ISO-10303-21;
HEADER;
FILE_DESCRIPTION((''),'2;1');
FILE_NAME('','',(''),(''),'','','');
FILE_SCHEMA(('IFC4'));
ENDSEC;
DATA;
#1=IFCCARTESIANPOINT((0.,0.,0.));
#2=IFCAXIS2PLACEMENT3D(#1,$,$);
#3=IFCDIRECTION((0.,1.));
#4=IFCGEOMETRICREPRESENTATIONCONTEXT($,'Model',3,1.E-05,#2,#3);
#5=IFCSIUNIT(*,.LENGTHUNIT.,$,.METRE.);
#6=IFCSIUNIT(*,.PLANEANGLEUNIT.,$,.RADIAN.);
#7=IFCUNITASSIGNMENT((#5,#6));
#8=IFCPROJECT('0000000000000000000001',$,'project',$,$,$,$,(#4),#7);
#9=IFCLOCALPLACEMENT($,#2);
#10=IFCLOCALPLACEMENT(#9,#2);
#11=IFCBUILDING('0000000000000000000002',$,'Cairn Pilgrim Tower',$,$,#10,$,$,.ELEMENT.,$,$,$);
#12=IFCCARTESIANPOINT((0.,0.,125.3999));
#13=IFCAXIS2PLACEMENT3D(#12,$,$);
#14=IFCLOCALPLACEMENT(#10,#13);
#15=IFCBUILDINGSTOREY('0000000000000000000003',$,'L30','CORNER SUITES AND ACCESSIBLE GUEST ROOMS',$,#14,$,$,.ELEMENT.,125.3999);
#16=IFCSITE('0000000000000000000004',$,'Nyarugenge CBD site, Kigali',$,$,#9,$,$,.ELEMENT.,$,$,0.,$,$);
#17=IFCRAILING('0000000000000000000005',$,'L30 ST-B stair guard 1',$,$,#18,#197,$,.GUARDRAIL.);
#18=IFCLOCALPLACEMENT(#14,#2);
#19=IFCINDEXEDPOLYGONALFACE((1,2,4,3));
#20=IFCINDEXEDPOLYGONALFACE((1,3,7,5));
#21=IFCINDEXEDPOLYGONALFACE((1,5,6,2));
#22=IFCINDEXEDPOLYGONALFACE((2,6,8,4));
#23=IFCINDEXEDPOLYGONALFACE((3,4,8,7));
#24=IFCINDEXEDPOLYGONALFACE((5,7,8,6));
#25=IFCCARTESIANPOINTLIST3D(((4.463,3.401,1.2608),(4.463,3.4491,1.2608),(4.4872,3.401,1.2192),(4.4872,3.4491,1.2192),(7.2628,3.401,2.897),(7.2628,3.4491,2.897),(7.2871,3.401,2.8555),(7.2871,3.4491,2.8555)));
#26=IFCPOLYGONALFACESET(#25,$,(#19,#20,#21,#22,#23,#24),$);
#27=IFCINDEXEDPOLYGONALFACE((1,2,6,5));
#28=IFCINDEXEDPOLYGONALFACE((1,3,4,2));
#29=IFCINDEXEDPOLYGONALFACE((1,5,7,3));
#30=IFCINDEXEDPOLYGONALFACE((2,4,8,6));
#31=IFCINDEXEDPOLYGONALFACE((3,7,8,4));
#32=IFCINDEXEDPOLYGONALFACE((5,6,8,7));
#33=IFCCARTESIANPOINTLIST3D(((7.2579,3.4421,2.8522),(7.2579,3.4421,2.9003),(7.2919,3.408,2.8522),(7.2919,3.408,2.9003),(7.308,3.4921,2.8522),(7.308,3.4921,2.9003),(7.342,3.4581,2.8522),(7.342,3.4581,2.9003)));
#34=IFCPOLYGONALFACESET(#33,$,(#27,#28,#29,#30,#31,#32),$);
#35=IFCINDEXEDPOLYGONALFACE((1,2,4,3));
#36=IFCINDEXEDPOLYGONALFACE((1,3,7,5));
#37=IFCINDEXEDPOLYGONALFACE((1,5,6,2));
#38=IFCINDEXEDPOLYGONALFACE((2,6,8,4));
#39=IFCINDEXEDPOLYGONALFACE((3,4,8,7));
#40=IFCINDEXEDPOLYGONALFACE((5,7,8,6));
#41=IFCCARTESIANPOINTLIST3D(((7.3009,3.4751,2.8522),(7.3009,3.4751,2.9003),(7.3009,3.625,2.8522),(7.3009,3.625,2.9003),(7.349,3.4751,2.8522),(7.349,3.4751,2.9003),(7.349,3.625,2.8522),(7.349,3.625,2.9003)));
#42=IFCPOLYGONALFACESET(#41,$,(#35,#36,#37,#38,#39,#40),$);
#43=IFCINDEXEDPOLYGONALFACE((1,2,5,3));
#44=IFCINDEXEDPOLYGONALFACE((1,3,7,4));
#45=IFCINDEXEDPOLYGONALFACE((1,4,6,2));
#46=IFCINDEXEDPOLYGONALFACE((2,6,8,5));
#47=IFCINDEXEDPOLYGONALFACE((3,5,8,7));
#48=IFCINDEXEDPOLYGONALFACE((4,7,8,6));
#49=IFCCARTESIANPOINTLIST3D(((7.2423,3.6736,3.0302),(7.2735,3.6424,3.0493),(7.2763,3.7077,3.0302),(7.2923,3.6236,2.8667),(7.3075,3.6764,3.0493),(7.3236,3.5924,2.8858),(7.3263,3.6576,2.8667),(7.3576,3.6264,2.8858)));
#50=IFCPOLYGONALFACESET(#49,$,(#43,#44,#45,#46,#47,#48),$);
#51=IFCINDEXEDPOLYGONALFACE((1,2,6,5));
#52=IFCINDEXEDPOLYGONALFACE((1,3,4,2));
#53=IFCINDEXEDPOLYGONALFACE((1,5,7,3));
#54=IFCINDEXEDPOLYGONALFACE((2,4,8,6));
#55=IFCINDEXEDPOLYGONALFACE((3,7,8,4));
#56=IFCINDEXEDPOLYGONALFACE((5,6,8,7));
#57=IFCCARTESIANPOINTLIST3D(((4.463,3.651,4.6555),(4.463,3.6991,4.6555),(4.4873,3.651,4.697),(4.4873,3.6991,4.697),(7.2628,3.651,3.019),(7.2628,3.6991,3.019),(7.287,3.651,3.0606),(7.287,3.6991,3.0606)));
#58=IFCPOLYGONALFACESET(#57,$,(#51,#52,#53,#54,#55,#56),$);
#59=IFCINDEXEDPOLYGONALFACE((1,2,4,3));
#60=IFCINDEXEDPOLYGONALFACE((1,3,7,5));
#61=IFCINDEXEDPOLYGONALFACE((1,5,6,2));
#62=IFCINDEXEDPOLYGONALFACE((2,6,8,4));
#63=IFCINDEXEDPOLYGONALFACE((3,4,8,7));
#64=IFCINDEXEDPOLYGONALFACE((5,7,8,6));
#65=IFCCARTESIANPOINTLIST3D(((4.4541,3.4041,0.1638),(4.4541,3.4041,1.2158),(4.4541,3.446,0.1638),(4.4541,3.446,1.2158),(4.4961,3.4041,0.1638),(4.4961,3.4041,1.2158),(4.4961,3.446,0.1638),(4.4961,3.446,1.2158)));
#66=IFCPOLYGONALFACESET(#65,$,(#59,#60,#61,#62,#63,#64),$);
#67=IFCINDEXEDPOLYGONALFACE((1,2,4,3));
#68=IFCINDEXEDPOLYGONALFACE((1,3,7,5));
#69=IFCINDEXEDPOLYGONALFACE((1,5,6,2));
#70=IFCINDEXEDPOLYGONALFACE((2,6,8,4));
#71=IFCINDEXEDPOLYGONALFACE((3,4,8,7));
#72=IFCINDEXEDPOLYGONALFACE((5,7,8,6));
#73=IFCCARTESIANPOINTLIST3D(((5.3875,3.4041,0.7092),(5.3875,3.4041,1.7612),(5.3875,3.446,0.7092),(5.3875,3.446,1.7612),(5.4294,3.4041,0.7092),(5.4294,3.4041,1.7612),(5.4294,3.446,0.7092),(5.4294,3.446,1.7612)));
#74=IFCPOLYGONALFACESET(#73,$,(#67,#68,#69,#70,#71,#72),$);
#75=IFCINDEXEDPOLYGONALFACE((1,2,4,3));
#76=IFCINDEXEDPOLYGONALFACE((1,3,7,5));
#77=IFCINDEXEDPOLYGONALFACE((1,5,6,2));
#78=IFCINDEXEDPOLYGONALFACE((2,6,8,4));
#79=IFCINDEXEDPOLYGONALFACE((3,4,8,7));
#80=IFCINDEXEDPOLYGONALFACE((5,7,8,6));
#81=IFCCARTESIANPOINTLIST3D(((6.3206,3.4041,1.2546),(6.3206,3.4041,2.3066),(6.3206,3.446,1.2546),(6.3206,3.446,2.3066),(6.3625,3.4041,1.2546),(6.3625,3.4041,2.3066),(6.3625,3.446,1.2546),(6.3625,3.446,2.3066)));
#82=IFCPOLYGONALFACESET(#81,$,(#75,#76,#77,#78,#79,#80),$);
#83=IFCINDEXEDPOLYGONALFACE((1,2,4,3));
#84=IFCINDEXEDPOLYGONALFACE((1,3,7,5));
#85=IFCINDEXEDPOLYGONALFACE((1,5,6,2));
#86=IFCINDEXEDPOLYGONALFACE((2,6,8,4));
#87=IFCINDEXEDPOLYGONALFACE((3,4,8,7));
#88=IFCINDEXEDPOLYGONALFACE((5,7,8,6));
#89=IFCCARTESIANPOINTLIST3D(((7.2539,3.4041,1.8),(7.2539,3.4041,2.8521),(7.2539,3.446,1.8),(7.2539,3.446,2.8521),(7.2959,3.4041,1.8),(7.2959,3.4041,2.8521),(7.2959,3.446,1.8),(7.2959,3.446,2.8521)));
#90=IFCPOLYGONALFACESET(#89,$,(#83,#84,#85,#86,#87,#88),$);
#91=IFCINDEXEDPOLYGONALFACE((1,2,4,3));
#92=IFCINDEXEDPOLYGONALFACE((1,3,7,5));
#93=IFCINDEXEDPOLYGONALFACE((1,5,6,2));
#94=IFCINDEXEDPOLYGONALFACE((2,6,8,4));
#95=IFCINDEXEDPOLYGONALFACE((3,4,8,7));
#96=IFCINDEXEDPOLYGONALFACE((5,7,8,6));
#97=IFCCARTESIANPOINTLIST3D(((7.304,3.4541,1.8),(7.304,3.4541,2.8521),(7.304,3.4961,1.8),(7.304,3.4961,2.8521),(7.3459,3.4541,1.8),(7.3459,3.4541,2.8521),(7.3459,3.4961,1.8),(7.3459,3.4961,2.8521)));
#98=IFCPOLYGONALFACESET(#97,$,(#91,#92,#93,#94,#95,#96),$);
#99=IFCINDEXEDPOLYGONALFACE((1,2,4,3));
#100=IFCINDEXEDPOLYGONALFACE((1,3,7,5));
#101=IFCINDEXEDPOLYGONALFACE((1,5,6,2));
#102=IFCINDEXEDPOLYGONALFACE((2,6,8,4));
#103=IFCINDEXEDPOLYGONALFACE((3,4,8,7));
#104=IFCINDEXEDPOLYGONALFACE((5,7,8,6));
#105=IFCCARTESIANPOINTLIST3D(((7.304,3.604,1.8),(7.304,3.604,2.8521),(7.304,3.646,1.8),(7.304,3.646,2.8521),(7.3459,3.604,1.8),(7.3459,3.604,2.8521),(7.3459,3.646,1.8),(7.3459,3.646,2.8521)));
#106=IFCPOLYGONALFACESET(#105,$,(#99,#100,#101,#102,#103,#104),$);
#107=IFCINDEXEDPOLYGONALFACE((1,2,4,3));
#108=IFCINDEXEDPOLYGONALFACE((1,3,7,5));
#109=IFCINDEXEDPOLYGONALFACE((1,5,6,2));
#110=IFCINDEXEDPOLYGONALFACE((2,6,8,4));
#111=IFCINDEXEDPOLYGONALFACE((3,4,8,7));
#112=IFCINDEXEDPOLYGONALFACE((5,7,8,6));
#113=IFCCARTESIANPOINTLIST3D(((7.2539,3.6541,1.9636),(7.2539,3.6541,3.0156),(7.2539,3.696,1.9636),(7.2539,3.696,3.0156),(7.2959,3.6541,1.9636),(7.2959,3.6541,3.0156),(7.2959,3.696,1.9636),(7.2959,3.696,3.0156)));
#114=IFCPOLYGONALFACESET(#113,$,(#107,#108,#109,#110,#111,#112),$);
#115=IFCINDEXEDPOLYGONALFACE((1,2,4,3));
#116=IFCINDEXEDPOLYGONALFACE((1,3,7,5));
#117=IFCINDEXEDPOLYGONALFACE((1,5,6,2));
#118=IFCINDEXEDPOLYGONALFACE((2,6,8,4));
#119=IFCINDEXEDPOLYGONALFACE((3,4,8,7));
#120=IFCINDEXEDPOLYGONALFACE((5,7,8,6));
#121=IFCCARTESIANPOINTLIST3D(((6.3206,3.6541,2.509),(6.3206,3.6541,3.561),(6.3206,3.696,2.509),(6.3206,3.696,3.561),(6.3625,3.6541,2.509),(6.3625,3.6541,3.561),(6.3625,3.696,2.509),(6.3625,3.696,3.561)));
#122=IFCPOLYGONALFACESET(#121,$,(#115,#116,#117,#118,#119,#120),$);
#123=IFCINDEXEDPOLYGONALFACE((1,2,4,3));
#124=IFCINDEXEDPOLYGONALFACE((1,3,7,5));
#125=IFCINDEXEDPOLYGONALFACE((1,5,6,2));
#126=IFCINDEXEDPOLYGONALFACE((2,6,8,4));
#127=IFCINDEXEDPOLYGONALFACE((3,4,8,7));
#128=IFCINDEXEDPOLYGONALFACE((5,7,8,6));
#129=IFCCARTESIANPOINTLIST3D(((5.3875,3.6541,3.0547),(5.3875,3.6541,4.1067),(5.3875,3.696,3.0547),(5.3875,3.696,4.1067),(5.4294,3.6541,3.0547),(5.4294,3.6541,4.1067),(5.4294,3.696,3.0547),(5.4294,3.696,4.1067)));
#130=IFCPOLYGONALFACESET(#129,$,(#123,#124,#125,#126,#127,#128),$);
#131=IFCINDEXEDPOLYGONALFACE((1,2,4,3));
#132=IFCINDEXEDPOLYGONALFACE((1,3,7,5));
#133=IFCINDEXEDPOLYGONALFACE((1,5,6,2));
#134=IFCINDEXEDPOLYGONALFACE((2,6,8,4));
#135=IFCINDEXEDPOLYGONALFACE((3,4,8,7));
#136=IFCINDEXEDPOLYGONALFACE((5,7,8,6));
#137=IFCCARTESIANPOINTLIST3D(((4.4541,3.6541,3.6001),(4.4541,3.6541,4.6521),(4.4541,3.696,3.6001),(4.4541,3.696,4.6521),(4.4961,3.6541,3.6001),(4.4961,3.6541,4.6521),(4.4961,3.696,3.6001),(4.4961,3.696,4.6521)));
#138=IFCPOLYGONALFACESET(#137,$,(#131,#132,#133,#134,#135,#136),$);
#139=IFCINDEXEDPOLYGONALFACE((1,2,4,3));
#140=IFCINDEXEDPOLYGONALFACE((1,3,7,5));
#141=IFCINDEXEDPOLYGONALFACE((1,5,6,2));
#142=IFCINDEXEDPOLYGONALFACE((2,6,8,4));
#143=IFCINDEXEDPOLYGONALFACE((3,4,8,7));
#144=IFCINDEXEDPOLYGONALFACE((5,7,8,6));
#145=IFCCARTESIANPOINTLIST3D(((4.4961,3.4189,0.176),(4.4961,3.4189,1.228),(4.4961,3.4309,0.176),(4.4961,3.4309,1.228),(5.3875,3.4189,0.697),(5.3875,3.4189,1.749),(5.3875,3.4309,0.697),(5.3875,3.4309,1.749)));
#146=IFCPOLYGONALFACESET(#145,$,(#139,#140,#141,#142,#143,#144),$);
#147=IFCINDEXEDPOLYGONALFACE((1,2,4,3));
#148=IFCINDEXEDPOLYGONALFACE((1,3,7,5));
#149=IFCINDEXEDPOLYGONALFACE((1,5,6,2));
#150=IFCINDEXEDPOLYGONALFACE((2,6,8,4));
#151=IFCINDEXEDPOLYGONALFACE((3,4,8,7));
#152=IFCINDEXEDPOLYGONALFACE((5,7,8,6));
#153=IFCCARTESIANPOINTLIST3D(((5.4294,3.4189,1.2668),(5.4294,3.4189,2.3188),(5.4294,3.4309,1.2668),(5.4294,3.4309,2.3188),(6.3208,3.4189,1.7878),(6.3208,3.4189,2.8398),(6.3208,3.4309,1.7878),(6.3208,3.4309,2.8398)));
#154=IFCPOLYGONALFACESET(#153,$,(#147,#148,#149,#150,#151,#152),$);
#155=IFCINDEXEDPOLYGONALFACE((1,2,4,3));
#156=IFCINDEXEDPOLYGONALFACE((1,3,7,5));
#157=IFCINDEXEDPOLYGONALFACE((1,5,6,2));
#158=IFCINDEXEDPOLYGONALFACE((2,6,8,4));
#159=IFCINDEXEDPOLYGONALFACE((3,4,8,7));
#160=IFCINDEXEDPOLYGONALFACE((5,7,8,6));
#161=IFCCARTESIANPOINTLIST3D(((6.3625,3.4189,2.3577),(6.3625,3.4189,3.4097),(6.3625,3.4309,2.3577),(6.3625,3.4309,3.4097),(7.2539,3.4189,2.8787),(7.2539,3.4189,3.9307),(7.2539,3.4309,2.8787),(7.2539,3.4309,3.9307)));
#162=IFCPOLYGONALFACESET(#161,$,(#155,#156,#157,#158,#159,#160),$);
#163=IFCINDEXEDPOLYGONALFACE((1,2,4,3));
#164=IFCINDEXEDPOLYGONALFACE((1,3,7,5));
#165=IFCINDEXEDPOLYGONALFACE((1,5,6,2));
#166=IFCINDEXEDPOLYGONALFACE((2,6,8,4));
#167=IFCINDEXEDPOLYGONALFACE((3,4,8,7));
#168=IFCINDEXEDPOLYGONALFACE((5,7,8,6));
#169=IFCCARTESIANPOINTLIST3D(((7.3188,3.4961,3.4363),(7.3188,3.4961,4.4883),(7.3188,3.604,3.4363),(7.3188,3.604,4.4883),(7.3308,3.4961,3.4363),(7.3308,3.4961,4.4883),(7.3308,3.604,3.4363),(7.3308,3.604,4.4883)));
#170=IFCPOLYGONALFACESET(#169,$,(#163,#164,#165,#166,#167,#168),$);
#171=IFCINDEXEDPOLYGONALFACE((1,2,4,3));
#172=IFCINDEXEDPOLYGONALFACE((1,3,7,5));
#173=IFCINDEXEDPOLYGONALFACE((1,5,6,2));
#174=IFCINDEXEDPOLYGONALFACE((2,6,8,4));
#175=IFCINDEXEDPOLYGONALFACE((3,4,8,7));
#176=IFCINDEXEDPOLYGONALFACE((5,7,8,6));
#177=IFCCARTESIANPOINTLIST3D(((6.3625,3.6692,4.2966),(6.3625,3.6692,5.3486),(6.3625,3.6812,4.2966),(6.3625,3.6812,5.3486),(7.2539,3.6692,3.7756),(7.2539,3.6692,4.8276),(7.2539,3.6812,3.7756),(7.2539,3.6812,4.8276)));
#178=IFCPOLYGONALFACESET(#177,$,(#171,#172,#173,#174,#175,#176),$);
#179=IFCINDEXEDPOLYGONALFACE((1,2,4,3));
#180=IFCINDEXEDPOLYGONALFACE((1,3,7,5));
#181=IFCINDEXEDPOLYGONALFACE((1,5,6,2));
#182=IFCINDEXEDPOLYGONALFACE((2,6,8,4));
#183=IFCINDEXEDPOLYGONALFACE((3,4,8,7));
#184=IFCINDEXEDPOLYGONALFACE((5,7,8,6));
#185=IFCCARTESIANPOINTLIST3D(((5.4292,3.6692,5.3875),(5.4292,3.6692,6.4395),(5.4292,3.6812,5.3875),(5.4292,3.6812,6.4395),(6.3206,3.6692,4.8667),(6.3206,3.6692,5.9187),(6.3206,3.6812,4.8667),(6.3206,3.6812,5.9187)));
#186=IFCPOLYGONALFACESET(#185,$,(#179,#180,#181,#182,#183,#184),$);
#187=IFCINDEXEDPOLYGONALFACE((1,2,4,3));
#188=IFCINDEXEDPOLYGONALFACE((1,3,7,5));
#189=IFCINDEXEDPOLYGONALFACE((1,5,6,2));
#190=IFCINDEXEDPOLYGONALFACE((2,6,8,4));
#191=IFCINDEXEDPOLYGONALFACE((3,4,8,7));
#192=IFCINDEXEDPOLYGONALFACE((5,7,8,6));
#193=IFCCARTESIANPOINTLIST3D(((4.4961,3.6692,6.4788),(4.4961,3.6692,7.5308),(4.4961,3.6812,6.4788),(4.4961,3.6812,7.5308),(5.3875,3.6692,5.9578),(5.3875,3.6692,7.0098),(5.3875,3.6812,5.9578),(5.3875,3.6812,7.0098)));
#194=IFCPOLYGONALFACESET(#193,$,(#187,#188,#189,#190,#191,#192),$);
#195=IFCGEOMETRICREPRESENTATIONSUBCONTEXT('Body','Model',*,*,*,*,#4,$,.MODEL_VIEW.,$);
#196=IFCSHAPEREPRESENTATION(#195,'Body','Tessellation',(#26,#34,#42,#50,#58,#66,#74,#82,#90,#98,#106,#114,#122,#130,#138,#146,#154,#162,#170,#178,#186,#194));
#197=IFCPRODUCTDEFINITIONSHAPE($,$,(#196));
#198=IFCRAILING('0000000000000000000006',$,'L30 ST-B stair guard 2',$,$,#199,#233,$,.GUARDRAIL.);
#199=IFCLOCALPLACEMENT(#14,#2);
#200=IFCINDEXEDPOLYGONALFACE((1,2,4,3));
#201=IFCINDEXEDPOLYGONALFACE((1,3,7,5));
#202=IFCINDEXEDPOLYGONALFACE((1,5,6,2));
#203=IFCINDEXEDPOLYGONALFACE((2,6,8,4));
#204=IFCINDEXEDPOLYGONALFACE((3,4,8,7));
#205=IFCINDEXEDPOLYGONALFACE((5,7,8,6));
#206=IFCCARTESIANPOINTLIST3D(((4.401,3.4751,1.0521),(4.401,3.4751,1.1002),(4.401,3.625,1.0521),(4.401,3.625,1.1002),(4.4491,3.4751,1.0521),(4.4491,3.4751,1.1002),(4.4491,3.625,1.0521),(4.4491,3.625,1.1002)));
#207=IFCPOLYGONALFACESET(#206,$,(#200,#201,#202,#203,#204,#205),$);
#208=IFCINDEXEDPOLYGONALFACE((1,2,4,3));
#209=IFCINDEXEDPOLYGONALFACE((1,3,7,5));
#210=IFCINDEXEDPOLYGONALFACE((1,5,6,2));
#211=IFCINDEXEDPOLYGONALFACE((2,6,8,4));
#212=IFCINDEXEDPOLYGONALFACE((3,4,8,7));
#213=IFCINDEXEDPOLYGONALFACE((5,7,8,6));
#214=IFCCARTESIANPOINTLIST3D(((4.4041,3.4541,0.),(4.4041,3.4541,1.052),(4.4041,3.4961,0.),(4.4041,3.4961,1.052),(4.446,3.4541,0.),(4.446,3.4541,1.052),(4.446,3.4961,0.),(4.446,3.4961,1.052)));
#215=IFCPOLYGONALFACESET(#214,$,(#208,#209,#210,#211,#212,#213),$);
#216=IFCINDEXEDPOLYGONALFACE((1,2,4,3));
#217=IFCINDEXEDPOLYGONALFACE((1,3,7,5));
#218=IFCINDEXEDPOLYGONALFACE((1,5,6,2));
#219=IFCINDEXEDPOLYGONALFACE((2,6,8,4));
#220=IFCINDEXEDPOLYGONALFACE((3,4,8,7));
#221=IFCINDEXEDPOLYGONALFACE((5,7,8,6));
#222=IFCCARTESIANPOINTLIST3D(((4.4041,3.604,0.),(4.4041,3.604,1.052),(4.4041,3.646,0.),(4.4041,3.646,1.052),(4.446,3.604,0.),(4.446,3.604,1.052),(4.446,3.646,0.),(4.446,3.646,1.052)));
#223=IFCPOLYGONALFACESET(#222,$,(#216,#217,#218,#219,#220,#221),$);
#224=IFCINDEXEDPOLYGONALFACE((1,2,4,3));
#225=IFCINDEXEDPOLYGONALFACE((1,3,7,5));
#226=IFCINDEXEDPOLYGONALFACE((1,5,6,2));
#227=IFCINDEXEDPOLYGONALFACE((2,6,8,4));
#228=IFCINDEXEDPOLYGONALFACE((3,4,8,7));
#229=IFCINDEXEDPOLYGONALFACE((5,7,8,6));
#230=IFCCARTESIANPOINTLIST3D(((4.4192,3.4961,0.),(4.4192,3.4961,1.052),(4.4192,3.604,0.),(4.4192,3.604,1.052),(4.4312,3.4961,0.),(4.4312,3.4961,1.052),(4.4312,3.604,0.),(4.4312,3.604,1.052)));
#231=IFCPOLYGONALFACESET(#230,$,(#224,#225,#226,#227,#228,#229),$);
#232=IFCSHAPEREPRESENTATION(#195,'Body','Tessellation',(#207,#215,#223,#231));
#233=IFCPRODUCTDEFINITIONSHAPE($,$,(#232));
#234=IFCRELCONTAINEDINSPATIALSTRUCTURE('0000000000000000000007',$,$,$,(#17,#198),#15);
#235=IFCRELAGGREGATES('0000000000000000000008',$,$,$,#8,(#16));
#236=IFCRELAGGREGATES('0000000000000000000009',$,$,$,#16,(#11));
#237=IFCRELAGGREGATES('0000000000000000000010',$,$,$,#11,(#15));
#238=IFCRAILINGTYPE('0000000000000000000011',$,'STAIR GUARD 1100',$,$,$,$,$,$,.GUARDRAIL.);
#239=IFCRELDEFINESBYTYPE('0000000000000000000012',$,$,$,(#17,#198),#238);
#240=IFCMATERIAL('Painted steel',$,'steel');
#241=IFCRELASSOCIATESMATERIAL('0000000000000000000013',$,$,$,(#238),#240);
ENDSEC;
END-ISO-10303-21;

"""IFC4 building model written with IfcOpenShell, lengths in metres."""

from ifc_helpers import new_model, si_unit, direction, frame, origin, origin_2d, place, context, subcontext, project, spatial, polyline, rectangle, outline, extrude, material, type_object, element, save


model = new_model("IFC4")

# Units and contexts
model_context = context("Model", 3, precision=1e-05, world=origin(), true_north=direction((0.0, 1.0)))
body_context = subcontext(model_context, "Body", "Model", "MODEL_VIEW")
ifc_project = project(units=[si_unit("LENGTHUNIT", "METRE"), si_unit("PLANEANGLEUNIT", "RADIAN")], contexts=[model_context])

# Site, building, storey
site_placement = place(None, origin())
site = spatial("IfcSite", under=ifc_project, at=site_placement, Name="Nyarugenge CBD site, Kigali", CompositionType="ELEMENT", RefElevation=0.0)
building_placement = place(site_placement, origin())
building = spatial("IfcBuilding", under=site, at=building_placement, Name="Cairn Pilgrim Tower", CompositionType="ELEMENT")
storey_placement = place(building_placement, frame((0.0, 0.0, 125.3999)))
storey = spatial("IfcBuildingStorey", under=building, at=storey_placement, Name="L30", Description="CORNER SUITES AND ACCESSIBLE GUEST ROOMS", CompositionType="ELEMENT", Elevation=125.3999)

# Shared definitions
ifc_material_1 = material(Name="Painted steel", Category="steel")

# Railings
railing_type = type_object("IfcRailingType", Name="STAIR GUARD 1100", PredefinedType="GUARDRAIL", material=ifc_material_1)
railing_1_placement = place(storey_placement, frame((4.4751, 3.425, 0.1638)))
element("IfcRailing", 1, at=railing_1_placement, inside=storey, type_object=railing_type, Name="L30 ST-B stair guard 1", PredefinedType="GUARDRAIL", context=body_context, shape_type="SweptSolid", body=[
    extrude(rectangle(XDim=0.0481, YDim=0.0481, at=origin_2d()), frame((0.0, 0.0, 1.0762), z_axis=(0.863374, 0.0, 0.504564), x_axis=(0.0, 1.0, 0.0)), (0.0, 0.0, 1.0), 3.2429),
    extrude(rectangle(XDim=0.0481, YDim=0.0481, at=origin_2d()), frame((2.7998, 0.0, 2.7124), z_axis=(0.707107, 0.707107, 0.0), x_axis=(-0.707107, 0.707107, 0.0)), (0.0, 0.0, 1.0), 0.0708),
    extrude(rectangle(XDim=0.0481, YDim=0.0481, at=origin_2d()), frame((2.8499, 0.05, 2.7124), z_axis=(0.0, 1.0, 0.0), x_axis=(-1.0, 0.0, 0.0)), (0.0, 0.0, 1.0), 0.1499),
    extrude(rectangle(XDim=0.0481, YDim=0.0481, at=origin_2d()), frame((2.8499, 0.2, 2.7124), z_axis=(-0.280809, 0.280809, 0.917765), x_axis=(-0.707107, -0.707107, 0.0)), (0.0, 0.0, 1.0), 0.1782),
    extrude(rectangle(XDim=0.0481, YDim=0.0481, at=origin_2d()), frame((2.7998, 0.25, 2.876), z_axis=(-0.863342, 0.0, 0.50462), x_axis=(0.0, -1.0, 0.0)), (0.0, 0.0, 1.0), 3.2429),
    extrude(rectangle(XDim=0.042, YDim=0.042, at=origin_2d()), origin(), (0.0, 0.0, 1.0), 1.052),
    extrude(rectangle(XDim=0.042, YDim=0.042, at=origin_2d()), frame((0.9333, 0.0, 0.5454)), (0.0, 0.0, 1.0), 1.052),
    extrude(rectangle(XDim=0.042, YDim=0.042, at=origin_2d()), frame((1.8665, 0.0, 1.0908)), (0.0, 0.0, 1.0), 1.052),
    extrude(rectangle(XDim=0.042, YDim=0.042, at=origin_2d()), frame((2.7998, 0.0, 1.6362)), (0.0, 0.0, 1.0), 1.052),
    extrude(rectangle(XDim=0.042, YDim=0.042, at=origin_2d()), frame((2.8499, 0.05, 1.6362)), (0.0, 0.0, 1.0), 1.052),
    extrude(rectangle(XDim=0.042, YDim=0.042, at=origin_2d()), frame((2.8499, 0.2, 1.6362)), (0.0, 0.0, 1.0), 1.052),
    extrude(rectangle(XDim=0.042, YDim=0.042, at=origin_2d()), frame((2.7998, 0.25, 1.7998)), (0.0, 0.0, 1.0), 1.052),
    extrude(rectangle(XDim=0.042, YDim=0.042, at=origin_2d()), frame((1.8665, 0.25, 2.3452)), (0.0, 0.0, 1.0), 1.052),
    extrude(rectangle(XDim=0.042, YDim=0.042, at=origin_2d()), frame((0.9333, 0.25, 2.8909)), (0.0, 0.0, 1.0), 1.052),
    extrude(rectangle(XDim=0.042, YDim=0.042, at=origin_2d()), frame((0.0, 0.25, 3.4363)), (0.0, 0.0, 1.0), 1.052),
    extrude(outline(polyline([(0.021, 0.0122), (0.9124, 0.5332), (0.9124, 1.5852), (0.021, 1.0642), (0.021, 0.0122)])), frame((0.0, 0.0059, 0.0), z_axis=(0.0, -1.0, 0.0), x_axis=(1.0, 0.0, 0.0)), (0.0, 0.0, 1.0), 0.012),
    extrude(outline(polyline([(0.021, 0.5576), (0.9124, 1.0786), (0.9124, 2.1306), (0.021, 1.6096), (0.021, 0.5576)])), frame((0.9333, 0.0059, 0.5454), z_axis=(0.0, -1.0, 0.0), x_axis=(1.0, 0.0, 0.0)), (0.0, 0.0, 1.0), 0.012),
    extrude(outline(polyline([(0.021, 1.103), (0.9124, 1.624), (0.9124, 2.676), (0.021, 2.155), (0.021, 1.103)])), frame((1.8665, 0.0059, 1.0908), z_axis=(0.0, -1.0, 0.0), x_axis=(1.0, 0.0, 0.0)), (0.0, 0.0, 1.0), 0.012),
    extrude(outline(polyline([(0.021, 1.6362), (0.1289, 1.6362), (0.1289, 2.6882), (0.021, 2.6882), (0.021, 1.6362)])), frame((2.8438, 0.05, 1.6362), z_axis=(1.0, 0.0, 0.0), x_axis=(0.0, 1.0, 0.0)), (0.0, 0.0, 1.0), 0.012),
    extrude(outline(polyline([(0.021, 1.812), (0.9124, 2.333), (0.9124, 3.385), (0.021, 2.864), (0.021, 1.812)])), frame((2.7998, 0.2441, 1.7998), z_axis=(0.0, 1.0, 0.0), x_axis=(-1.0, 0.0, 0.0)), (0.0, 0.0, 1.0), 0.012),
    extrude(outline(polyline([(0.021, 2.3577), (0.9124, 2.8784), (0.9124, 3.9304), (0.021, 3.4097), (0.021, 2.3577)])), frame((1.8665, 0.2441, 2.3452), z_axis=(0.0, 1.0, 0.0), x_axis=(-1.0, 0.0, 0.0)), (0.0, 0.0, 1.0), 0.012),
    extrude(outline(polyline([(0.021, 2.9031), (0.9124, 3.4241), (0.9124, 4.4761), (0.021, 3.9551), (0.021, 2.9031)])), frame((0.9333, 0.2441, 2.8909), z_axis=(0.0, 1.0, 0.0), x_axis=(-1.0, 0.0, 0.0)), (0.0, 0.0, 1.0), 0.012),
])
railing_2_placement = place(storey_placement, frame((4.425, 3.4751, 0.0)))
element("IfcRailing", 2, at=railing_2_placement, inside=storey, type_object=railing_type, Name="L30 ST-B stair guard 2", PredefinedType="GUARDRAIL", context=body_context, shape_type="SweptSolid", body=[
    extrude(rectangle(XDim=0.0481, YDim=0.0481, at=origin_2d()), frame((0.0, 0.0, 1.0762), z_axis=(0.0, 1.0, 0.0), x_axis=(-1.0, 0.0, 0.0)), (0.0, 0.0, 1.0), 0.1499),
    extrude(rectangle(XDim=0.042, YDim=0.042, at=origin_2d()), origin(), (0.0, 0.0, 1.0), 1.052),
    extrude(rectangle(XDim=0.042, YDim=0.042, at=origin_2d()), frame((0.0, 0.1499, 0.0)), (0.0, 0.0, 1.0), 1.052),
    extrude(outline(polyline([(0.021, 0.0), (0.1289, 0.0), (0.1289, 1.052), (0.021, 1.052), (0.021, 0.0)])), frame((-0.0059, 0.0, 0.0), z_axis=(1.0, 0.0, 0.0), x_axis=(0.0, 1.0, 0.0)), (0.0, 0.0, 1.0), 0.012),
])

save(model, "model.ifc")
